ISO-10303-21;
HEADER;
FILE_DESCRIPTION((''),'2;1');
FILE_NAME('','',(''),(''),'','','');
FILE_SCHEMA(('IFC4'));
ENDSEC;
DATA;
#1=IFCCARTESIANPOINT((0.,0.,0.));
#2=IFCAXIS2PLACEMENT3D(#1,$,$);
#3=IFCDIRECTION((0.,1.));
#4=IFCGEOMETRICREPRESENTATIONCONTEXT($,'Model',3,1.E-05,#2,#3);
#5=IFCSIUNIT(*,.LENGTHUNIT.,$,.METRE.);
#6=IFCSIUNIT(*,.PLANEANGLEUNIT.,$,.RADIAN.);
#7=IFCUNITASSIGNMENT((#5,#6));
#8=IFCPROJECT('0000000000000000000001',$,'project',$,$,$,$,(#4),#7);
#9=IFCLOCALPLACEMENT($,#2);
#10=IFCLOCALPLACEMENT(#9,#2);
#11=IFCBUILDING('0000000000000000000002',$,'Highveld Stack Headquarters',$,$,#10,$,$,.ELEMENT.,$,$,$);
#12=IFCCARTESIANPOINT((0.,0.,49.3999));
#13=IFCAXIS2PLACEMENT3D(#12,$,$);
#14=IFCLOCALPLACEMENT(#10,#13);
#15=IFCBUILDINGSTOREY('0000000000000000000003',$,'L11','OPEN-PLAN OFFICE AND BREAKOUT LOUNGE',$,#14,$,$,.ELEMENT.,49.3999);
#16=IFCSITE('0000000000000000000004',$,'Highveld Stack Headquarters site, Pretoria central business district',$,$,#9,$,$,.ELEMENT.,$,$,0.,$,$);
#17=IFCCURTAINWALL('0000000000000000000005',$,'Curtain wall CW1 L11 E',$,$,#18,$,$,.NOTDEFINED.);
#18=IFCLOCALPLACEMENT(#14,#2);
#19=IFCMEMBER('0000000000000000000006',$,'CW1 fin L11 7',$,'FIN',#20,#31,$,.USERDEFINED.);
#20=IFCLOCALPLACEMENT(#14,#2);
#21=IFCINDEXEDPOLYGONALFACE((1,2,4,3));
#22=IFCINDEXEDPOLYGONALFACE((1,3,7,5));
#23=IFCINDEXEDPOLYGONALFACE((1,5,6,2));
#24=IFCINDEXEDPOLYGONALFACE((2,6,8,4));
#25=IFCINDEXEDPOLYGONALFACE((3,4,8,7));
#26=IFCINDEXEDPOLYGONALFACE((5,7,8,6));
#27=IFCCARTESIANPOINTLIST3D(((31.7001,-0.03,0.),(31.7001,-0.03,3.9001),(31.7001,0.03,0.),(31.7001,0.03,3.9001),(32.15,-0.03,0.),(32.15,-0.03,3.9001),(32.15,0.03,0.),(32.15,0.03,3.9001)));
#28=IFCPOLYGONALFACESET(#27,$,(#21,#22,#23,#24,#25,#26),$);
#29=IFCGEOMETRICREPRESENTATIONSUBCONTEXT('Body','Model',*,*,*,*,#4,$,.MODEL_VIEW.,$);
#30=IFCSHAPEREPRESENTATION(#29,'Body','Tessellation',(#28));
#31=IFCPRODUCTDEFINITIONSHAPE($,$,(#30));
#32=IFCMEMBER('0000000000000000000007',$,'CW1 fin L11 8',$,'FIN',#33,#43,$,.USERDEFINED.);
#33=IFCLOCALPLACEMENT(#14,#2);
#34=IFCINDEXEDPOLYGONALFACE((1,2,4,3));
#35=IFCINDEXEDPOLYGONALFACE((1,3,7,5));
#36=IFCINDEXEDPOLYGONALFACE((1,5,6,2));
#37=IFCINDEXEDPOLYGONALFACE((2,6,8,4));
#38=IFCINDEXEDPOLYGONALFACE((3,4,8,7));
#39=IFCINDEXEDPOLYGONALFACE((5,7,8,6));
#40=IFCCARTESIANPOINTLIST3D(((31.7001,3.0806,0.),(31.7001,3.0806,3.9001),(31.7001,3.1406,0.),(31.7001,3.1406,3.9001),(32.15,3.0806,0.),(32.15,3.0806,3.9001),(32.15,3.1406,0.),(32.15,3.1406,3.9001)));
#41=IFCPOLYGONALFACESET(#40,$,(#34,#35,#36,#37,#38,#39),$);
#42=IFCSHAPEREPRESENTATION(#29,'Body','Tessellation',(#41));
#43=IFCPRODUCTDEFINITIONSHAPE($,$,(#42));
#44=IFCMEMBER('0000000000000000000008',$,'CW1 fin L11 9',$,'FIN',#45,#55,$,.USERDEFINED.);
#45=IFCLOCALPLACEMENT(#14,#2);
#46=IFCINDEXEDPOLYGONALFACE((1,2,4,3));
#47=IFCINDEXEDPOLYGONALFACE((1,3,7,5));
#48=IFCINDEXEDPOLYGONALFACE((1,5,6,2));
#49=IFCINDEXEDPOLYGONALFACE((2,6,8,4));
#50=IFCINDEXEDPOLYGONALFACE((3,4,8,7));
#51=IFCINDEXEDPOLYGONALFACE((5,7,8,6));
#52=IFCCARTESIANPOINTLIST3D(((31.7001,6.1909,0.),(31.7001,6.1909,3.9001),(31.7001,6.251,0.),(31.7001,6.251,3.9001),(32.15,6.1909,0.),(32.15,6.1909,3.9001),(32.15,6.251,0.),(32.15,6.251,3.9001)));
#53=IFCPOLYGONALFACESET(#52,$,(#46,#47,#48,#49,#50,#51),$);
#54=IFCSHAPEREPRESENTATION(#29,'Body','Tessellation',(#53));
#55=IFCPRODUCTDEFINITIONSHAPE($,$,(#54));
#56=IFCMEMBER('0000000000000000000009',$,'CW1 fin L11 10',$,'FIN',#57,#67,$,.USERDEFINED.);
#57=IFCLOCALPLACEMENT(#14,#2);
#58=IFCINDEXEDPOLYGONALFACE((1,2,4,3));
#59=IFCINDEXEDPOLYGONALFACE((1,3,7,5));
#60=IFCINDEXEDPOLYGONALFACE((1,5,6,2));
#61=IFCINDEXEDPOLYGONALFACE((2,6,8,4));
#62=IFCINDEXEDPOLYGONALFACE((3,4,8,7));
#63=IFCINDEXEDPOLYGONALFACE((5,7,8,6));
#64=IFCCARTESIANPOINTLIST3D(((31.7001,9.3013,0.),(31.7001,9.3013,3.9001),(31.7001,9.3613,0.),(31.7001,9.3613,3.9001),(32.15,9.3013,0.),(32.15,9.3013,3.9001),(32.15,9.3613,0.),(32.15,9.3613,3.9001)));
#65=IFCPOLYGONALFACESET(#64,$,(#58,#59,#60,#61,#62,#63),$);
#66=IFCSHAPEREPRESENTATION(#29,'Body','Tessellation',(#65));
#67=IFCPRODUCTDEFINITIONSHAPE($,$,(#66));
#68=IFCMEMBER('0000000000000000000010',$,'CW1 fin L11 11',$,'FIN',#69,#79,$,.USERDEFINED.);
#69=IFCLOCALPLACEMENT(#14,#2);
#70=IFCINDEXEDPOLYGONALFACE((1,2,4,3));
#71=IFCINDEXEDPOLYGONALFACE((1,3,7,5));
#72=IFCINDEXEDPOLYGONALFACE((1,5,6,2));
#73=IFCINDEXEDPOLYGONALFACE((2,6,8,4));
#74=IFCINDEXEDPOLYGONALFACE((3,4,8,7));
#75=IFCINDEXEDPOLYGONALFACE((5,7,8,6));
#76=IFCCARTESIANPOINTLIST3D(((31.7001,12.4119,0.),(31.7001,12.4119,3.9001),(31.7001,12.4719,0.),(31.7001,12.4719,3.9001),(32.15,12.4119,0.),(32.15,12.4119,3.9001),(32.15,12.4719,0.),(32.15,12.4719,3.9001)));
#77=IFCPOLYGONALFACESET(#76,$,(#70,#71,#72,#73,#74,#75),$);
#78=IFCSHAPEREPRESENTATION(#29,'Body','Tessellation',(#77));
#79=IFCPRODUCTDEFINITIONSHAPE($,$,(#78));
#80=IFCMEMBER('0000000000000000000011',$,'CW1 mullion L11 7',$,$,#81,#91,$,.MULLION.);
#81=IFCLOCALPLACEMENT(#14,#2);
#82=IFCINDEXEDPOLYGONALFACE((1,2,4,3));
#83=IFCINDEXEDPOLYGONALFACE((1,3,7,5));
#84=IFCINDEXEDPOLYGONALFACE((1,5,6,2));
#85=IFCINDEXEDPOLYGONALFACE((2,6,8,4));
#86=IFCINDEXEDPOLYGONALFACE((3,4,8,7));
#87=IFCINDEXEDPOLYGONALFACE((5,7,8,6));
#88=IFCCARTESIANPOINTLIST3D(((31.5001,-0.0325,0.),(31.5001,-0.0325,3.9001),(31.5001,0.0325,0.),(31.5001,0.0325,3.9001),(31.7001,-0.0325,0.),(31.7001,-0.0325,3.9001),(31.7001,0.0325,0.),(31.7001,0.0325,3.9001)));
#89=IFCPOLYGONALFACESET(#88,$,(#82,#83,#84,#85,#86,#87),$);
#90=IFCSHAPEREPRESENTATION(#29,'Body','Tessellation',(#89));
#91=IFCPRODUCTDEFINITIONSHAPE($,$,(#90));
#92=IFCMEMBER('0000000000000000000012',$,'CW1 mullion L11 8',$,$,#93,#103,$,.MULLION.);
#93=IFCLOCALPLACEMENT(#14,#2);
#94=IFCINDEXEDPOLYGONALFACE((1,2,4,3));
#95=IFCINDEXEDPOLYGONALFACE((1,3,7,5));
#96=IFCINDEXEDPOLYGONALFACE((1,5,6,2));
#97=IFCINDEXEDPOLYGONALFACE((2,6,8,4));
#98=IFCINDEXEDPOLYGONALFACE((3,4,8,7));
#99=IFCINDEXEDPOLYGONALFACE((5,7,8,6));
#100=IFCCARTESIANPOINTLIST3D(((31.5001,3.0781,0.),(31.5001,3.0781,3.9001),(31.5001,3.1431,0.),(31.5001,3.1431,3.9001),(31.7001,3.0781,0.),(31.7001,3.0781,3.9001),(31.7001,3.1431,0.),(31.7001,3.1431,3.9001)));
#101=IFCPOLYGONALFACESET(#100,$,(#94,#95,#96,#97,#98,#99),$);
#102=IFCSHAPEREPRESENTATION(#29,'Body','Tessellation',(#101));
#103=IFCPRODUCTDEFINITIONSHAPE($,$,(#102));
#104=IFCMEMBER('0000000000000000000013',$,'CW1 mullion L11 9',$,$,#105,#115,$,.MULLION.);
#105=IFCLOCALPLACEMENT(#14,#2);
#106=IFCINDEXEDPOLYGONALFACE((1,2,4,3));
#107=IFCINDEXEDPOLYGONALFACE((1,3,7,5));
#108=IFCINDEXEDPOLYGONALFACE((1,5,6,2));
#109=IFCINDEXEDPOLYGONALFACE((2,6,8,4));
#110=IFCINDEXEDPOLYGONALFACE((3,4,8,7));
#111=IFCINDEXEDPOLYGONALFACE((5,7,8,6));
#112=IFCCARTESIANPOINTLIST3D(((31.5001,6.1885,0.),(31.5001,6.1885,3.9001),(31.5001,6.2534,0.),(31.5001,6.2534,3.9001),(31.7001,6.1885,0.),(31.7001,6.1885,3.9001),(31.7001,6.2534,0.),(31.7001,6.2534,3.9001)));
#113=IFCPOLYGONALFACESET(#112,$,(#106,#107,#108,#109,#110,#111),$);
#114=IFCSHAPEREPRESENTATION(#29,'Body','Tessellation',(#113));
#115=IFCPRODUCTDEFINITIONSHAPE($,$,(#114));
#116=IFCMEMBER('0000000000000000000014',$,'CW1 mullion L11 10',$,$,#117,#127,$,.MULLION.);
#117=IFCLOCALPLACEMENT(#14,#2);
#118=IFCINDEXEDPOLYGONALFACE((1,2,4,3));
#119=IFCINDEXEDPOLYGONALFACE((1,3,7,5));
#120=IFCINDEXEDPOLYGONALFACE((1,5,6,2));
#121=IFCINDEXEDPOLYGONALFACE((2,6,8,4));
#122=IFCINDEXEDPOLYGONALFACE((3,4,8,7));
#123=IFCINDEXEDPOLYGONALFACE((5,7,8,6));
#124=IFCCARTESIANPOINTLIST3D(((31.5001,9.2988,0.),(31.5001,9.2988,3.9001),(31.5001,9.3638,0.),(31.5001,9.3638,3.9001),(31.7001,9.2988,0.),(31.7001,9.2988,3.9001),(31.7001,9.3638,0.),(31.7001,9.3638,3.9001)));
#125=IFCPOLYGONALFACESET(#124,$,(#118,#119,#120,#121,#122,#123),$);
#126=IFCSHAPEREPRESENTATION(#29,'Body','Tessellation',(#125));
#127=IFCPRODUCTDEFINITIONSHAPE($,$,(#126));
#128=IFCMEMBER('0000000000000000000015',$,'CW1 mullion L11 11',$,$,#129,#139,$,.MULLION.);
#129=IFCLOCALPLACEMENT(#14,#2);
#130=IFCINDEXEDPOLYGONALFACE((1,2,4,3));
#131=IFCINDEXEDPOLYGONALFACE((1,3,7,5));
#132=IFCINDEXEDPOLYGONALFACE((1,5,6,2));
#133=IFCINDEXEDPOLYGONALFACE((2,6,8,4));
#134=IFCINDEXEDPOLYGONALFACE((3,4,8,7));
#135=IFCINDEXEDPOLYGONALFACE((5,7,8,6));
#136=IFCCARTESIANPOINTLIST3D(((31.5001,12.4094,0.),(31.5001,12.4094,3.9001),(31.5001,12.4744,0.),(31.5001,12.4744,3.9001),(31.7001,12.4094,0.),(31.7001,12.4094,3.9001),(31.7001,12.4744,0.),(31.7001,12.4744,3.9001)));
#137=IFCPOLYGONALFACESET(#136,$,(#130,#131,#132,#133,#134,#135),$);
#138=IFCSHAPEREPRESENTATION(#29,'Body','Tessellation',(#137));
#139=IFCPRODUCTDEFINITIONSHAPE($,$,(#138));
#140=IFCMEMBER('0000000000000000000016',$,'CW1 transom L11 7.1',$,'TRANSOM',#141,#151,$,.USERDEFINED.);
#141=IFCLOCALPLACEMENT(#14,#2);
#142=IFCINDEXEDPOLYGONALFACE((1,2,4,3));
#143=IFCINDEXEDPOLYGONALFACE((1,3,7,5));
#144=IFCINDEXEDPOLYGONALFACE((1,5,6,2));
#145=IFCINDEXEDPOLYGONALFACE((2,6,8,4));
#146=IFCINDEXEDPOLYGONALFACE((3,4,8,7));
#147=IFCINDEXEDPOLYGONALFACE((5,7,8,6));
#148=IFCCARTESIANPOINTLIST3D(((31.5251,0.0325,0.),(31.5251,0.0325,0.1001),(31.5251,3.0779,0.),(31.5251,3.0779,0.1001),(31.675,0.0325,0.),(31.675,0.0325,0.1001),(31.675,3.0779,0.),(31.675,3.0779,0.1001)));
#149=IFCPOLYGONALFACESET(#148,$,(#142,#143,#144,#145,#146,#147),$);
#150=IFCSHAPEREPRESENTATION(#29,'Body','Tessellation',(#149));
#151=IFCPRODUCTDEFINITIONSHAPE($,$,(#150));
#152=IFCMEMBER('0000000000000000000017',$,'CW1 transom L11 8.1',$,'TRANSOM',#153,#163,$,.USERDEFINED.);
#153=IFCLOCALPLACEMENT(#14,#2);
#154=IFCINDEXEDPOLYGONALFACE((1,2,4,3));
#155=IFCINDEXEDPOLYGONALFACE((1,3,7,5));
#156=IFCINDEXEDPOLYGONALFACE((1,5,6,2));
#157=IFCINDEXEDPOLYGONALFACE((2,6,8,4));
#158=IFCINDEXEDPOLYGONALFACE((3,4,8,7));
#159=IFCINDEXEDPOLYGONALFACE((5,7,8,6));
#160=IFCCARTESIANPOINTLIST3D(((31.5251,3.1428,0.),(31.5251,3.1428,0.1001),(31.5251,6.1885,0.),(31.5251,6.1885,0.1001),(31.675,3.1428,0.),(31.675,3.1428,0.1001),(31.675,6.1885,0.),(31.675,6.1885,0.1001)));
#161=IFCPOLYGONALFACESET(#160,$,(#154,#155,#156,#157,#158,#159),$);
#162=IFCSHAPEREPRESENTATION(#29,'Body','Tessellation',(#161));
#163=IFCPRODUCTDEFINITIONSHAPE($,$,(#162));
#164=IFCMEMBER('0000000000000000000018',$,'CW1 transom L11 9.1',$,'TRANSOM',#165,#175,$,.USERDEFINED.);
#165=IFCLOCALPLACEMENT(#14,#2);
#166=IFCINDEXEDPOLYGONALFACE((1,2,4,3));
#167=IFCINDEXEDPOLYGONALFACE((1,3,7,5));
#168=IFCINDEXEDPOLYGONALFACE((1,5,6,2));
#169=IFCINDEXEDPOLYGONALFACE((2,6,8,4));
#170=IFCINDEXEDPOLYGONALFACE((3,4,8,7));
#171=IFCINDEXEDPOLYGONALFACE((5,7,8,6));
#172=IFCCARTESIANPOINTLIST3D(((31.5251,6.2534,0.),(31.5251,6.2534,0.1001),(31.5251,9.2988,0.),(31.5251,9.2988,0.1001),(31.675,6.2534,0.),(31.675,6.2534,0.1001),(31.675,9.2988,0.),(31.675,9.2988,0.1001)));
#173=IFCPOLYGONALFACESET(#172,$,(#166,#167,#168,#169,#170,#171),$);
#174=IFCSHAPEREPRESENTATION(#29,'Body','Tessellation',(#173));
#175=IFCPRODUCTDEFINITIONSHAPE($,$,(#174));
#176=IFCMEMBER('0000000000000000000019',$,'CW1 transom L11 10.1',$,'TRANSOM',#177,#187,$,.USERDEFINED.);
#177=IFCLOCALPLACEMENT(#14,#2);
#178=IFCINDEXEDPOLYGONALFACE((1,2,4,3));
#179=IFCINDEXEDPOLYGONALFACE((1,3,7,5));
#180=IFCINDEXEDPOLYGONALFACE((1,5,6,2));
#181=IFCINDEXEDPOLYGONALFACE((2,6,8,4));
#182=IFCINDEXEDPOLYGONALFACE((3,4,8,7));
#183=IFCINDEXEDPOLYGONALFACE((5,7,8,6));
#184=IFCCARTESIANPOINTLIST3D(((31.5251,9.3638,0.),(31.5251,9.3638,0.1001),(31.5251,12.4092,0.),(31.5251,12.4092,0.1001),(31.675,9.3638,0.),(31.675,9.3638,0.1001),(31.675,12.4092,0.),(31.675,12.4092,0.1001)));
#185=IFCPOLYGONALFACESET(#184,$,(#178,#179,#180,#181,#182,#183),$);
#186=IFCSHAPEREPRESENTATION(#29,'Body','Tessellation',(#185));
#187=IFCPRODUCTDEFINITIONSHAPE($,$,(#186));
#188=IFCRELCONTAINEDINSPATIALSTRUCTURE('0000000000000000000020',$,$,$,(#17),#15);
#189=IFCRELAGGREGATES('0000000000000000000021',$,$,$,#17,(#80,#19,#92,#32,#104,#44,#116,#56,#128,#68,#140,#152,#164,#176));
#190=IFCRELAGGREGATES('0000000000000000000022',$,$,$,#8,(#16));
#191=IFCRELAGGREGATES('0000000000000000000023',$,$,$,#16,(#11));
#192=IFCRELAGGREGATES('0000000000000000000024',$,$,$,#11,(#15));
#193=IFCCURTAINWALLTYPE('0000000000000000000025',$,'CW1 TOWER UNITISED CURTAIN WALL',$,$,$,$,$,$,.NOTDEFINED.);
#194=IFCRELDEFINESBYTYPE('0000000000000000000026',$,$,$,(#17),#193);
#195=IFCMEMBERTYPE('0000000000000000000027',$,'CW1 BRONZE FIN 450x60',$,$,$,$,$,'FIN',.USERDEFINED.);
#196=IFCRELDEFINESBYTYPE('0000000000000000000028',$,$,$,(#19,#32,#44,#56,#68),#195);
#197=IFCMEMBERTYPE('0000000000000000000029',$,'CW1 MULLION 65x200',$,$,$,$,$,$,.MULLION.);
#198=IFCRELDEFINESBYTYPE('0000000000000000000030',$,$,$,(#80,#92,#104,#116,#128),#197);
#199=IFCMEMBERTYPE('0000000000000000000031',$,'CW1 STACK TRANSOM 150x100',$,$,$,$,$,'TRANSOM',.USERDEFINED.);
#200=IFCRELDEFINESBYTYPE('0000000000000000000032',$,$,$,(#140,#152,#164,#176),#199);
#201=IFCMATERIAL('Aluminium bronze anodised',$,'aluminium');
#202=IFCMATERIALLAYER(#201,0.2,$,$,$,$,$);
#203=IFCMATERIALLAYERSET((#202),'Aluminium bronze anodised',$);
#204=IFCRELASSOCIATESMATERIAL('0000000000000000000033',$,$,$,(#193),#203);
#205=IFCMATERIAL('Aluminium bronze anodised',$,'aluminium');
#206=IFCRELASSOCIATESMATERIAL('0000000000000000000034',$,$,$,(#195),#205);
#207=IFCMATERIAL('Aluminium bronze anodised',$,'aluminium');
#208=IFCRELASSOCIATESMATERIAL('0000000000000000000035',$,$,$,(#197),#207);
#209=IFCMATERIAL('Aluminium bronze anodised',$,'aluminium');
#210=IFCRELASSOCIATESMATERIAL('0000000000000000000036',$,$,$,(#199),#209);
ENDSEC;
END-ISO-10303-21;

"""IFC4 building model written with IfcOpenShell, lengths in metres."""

from ifc_helpers import new_model, si_unit, direction, frame, origin, origin_2d, place, context, subcontext, project, spatial, rectangle, extrude, material, layer, layer_set, material_profile, profile_set, type_object, element, aggregate, save


model = new_model("IFC4")

# Units and contexts
model_context = context("Model", 3, precision=1e-05, world=origin(), true_north=direction((0.0, 1.0)))
body_context = subcontext(model_context, "Body", "Model", "MODEL_VIEW")
ifc_project = project(units=[si_unit("LENGTHUNIT", "METRE"), si_unit("PLANEANGLEUNIT", "RADIAN")], contexts=[model_context])

# Site, building, storey
site_placement = place(None, origin())
site = spatial("IfcSite", under=ifc_project, at=site_placement, Name="Highveld Stack Headquarters site, Pretoria central business district", CompositionType="ELEMENT", RefElevation=0.0)
building_placement = place(site_placement, origin())
building = spatial("IfcBuilding", under=site, at=building_placement, Name="Highveld Stack Headquarters", CompositionType="ELEMENT")
storey_placement = place(building_placement, frame((0.0, 0.0, 49.3999)))
storey = spatial("IfcBuildingStorey", under=building, at=storey_placement, Name="L11", Description="OPEN-PLAN OFFICE AND BREAKOUT LOUNGE", CompositionType="ELEMENT", Elevation=49.3999)

# Curtain wall, members
ifc_material_1 = material(Name="Aluminium bronze anodised", Category="aluminium")
ifc_layer_1 = layer(ifc_material_1, 0.2)
ifc_layer_set_1 = layer_set([ifc_layer_1], Name="Aluminium bronze anodised")
curtain_wall_type = type_object("IfcCurtainWallType", Name="CW1 TOWER UNITISED CURTAIN WALL", PredefinedType="NOTDEFINED", material=ifc_layer_set_1)
curtain_wall_placement = place(storey_placement, origin())
curtain_wall = element("IfcCurtainWall", 1, at=curtain_wall_placement, inside=storey, type_object=curtain_wall_type, Name="Curtain wall CW1 L11 E", PredefinedType="NOTDEFINED")
ifc_material_2 = material(Name="Aluminium bronze anodised", Category="aluminium")
ifc_material_profile_1 = material_profile(ifc_material_2, rectangle(XDim=0.45, YDim=0.0601, at=origin_2d()), Name="FIN 450x60")
ifc_profile_set_1 = profile_set([ifc_material_profile_1], Name="Aluminium bronze anodised")
member_type_1 = type_object("IfcMemberType", Name="CW1 BRONZE FIN 450x60", ElementType="FIN", PredefinedType="USERDEFINED", material=ifc_profile_set_1)
member_1_placement = place(storey_placement, frame((31.925, 0.0, 0.0), z_axis=(0.0, 0.0, 1.0), x_axis=(-1.0, 0.0, 0.0)))
member_1 = element("IfcMember", 2, at=member_1_placement, type_object=member_type_1, Name="CW1 fin L11 7", ObjectType="FIN", PredefinedType="USERDEFINED", context=body_context, shape_type="SweptSolid", body=[
    extrude(rectangle(XDim=0.45, YDim=0.0601, at=origin_2d()), origin(), (0.0, 0.0, 1.0), 3.9001),
])
member_2_placement = place(storey_placement, frame((31.925, 3.1106, 0.0), z_axis=(0.0, 0.0, 1.0), x_axis=(-1.0, 0.0, 0.0)))
member_2 = element("IfcMember", 3, at=member_2_placement, type_object=member_type_1, Name="CW1 fin L11 8", ObjectType="FIN", PredefinedType="USERDEFINED", context=body_context, shape_type="SweptSolid", body=[
    extrude(rectangle(XDim=0.45, YDim=0.0601, at=origin_2d()), origin(), (0.0, 0.0, 1.0), 3.9001),
])
member_3_placement = place(storey_placement, frame((31.925, 6.2209, 0.0), z_axis=(0.0, 0.0, 1.0), x_axis=(-1.0, 0.0, 0.0)))
member_3 = element("IfcMember", 4, at=member_3_placement, type_object=member_type_1, Name="CW1 fin L11 9", ObjectType="FIN", PredefinedType="USERDEFINED", context=body_context, shape_type="SweptSolid", body=[
    extrude(rectangle(XDim=0.45, YDim=0.0601, at=origin_2d()), origin(), (0.0, 0.0, 1.0), 3.9001),
])
member_4_placement = place(storey_placement, frame((31.925, 9.3313, 0.0), z_axis=(0.0, 0.0, 1.0), x_axis=(-1.0, 0.0, 0.0)))
member_4 = element("IfcMember", 5, at=member_4_placement, type_object=member_type_1, Name="CW1 fin L11 10", ObjectType="FIN", PredefinedType="USERDEFINED", context=body_context, shape_type="SweptSolid", body=[
    extrude(rectangle(XDim=0.45, YDim=0.0601, at=origin_2d()), origin(), (0.0, 0.0, 1.0), 3.9001),
])
member_5_placement = place(storey_placement, frame((31.925, 12.4419, 0.0), z_axis=(0.0, 0.0, 1.0), x_axis=(-1.0, 0.0, 0.0)))
member_5 = element("IfcMember", 6, at=member_5_placement, type_object=member_type_1, Name="CW1 fin L11 11", ObjectType="FIN", PredefinedType="USERDEFINED", context=body_context, shape_type="SweptSolid", body=[
    extrude(rectangle(XDim=0.45, YDim=0.0601, at=origin_2d()), origin(), (0.0, 0.0, 1.0), 3.9001),
])
ifc_material_3 = material(Name="Aluminium bronze anodised", Category="aluminium")
ifc_material_profile_2 = material_profile(ifc_material_3, rectangle(XDim=0.2, YDim=0.0649, at=origin_2d()), Name="CW1 MULLION 65x200")
ifc_profile_set_2 = profile_set([ifc_material_profile_2], Name="Aluminium bronze anodised")
member_type_2 = type_object("IfcMemberType", Name="CW1 MULLION 65x200", PredefinedType="MULLION", material=ifc_profile_set_2)
member_6_placement = place(storey_placement, frame((31.6001, 0.0, 0.0), z_axis=(0.0, 0.0, 1.0), x_axis=(-1.0, 0.0, 0.0)))
member_6 = element("IfcMember", 7, at=member_6_placement, type_object=member_type_2, Name="CW1 mullion L11 7", PredefinedType="MULLION", context=body_context, shape_type="SweptSolid", body=[
    extrude(rectangle(XDim=0.2, YDim=0.0649, at=origin_2d()), origin(), (0.0, 0.0, 1.0), 3.9001),
])
member_7_placement = place(storey_placement, frame((31.6001, 3.1106, 0.0), z_axis=(0.0, 0.0, 1.0), x_axis=(-1.0, 0.0, 0.0)))
member_7 = element("IfcMember", 8, at=member_7_placement, type_object=member_type_2, Name="CW1 mullion L11 8", PredefinedType="MULLION", context=body_context, shape_type="SweptSolid", body=[
    extrude(rectangle(XDim=0.2, YDim=0.0649, at=origin_2d()), origin(), (0.0, 0.0, 1.0), 3.9001),
])
member_8_placement = place(storey_placement, frame((31.6001, 6.2209, 0.0), z_axis=(0.0, 0.0, 1.0), x_axis=(-1.0, 0.0, 0.0)))
member_8 = element("IfcMember", 9, at=member_8_placement, type_object=member_type_2, Name="CW1 mullion L11 9", PredefinedType="MULLION", context=body_context, shape_type="SweptSolid", body=[
    extrude(rectangle(XDim=0.2, YDim=0.0649, at=origin_2d()), origin(), (0.0, 0.0, 1.0), 3.9001),
])
member_9_placement = place(storey_placement, frame((31.6001, 9.3313, 0.0), z_axis=(0.0, 0.0, 1.0), x_axis=(-1.0, 0.0, 0.0)))
member_9 = element("IfcMember", 10, at=member_9_placement, type_object=member_type_2, Name="CW1 mullion L11 10", PredefinedType="MULLION", context=body_context, shape_type="SweptSolid", body=[
    extrude(rectangle(XDim=0.2, YDim=0.0649, at=origin_2d()), origin(), (0.0, 0.0, 1.0), 3.9001),
])
member_10_placement = place(storey_placement, frame((31.6001, 12.4419, 0.0), z_axis=(0.0, 0.0, 1.0), x_axis=(-1.0, 0.0, 0.0)))
member_10 = element("IfcMember", 11, at=member_10_placement, type_object=member_type_2, Name="CW1 mullion L11 11", PredefinedType="MULLION", context=body_context, shape_type="SweptSolid", body=[
    extrude(rectangle(XDim=0.2, YDim=0.0649, at=origin_2d()), origin(), (0.0, 0.0, 1.0), 3.9001),
])
ifc_material_4 = material(Name="Aluminium bronze anodised", Category="aluminium")
ifc_material_profile_3 = material_profile(ifc_material_4, rectangle(XDim=0.1499, YDim=0.1001, at=origin_2d()), Name="CW1 TRANSOM 150x100")
ifc_profile_set_3 = profile_set([ifc_material_profile_3], Name="Aluminium bronze anodised")
member_type_3 = type_object("IfcMemberType", Name="CW1 STACK TRANSOM 150x100", ElementType="TRANSOM", PredefinedType="USERDEFINED", material=ifc_profile_set_3)
member_11_placement = place(storey_placement, frame((31.6001, 0.0325, 0.05), z_axis=(0.0, 1.0, 0.0), x_axis=(-1.0, 0.0, 0.0)))
member_11 = element("IfcMember", 12, at=member_11_placement, type_object=member_type_3, Name="CW1 transom L11 7.1", ObjectType="TRANSOM", PredefinedType="USERDEFINED", context=body_context, shape_type="SweptSolid", body=[
    extrude(rectangle(XDim=0.1499, YDim=0.1001, at=origin_2d()), origin(), (0.0, 0.0, 1.0), 3.0454),
])
member_12_placement = place(storey_placement, frame((31.6001, 3.1428, 0.05), z_axis=(0.0, 1.0, 0.0), x_axis=(-1.0, 0.0, 0.0)))
member_12 = element("IfcMember", 13, at=member_12_placement, type_object=member_type_3, Name="CW1 transom L11 8.1", ObjectType="TRANSOM", PredefinedType="USERDEFINED", context=body_context, shape_type="SweptSolid", body=[
    extrude(rectangle(XDim=0.1499, YDim=0.1001, at=origin_2d()), origin(), (0.0, 0.0, 1.0), 3.0457),
])
member_13_placement = place(storey_placement, frame((31.6001, 6.2534, 0.05), z_axis=(0.0, 1.0, 0.0), x_axis=(-1.0, 0.0, 0.0)))
member_13 = element("IfcMember", 14, at=member_13_placement, type_object=member_type_3, Name="CW1 transom L11 9.1", ObjectType="TRANSOM", PredefinedType="USERDEFINED", context=body_context, shape_type="SweptSolid", body=[
    extrude(rectangle(XDim=0.1499, YDim=0.1001, at=origin_2d()), origin(), (0.0, 0.0, 1.0), 3.0454),
])
member_14_placement = place(storey_placement, frame((31.6001, 9.3638, 0.05), z_axis=(0.0, 1.0, 0.0), x_axis=(-1.0, 0.0, 0.0)))
member_14 = element("IfcMember", 15, at=member_14_placement, type_object=member_type_3, Name="CW1 transom L11 10.1", ObjectType="TRANSOM", PredefinedType="USERDEFINED", context=body_context, shape_type="SweptSolid", body=[
    extrude(rectangle(XDim=0.1499, YDim=0.1001, at=origin_2d()), origin(), (0.0, 0.0, 1.0), 3.0454),
])

aggregate(curtain_wall, [member_6, member_1, member_7, member_2, member_8, member_3, member_9, member_4, member_10, member_5, member_11, member_12, member_13, member_14])

save(model, "model.ifc")
